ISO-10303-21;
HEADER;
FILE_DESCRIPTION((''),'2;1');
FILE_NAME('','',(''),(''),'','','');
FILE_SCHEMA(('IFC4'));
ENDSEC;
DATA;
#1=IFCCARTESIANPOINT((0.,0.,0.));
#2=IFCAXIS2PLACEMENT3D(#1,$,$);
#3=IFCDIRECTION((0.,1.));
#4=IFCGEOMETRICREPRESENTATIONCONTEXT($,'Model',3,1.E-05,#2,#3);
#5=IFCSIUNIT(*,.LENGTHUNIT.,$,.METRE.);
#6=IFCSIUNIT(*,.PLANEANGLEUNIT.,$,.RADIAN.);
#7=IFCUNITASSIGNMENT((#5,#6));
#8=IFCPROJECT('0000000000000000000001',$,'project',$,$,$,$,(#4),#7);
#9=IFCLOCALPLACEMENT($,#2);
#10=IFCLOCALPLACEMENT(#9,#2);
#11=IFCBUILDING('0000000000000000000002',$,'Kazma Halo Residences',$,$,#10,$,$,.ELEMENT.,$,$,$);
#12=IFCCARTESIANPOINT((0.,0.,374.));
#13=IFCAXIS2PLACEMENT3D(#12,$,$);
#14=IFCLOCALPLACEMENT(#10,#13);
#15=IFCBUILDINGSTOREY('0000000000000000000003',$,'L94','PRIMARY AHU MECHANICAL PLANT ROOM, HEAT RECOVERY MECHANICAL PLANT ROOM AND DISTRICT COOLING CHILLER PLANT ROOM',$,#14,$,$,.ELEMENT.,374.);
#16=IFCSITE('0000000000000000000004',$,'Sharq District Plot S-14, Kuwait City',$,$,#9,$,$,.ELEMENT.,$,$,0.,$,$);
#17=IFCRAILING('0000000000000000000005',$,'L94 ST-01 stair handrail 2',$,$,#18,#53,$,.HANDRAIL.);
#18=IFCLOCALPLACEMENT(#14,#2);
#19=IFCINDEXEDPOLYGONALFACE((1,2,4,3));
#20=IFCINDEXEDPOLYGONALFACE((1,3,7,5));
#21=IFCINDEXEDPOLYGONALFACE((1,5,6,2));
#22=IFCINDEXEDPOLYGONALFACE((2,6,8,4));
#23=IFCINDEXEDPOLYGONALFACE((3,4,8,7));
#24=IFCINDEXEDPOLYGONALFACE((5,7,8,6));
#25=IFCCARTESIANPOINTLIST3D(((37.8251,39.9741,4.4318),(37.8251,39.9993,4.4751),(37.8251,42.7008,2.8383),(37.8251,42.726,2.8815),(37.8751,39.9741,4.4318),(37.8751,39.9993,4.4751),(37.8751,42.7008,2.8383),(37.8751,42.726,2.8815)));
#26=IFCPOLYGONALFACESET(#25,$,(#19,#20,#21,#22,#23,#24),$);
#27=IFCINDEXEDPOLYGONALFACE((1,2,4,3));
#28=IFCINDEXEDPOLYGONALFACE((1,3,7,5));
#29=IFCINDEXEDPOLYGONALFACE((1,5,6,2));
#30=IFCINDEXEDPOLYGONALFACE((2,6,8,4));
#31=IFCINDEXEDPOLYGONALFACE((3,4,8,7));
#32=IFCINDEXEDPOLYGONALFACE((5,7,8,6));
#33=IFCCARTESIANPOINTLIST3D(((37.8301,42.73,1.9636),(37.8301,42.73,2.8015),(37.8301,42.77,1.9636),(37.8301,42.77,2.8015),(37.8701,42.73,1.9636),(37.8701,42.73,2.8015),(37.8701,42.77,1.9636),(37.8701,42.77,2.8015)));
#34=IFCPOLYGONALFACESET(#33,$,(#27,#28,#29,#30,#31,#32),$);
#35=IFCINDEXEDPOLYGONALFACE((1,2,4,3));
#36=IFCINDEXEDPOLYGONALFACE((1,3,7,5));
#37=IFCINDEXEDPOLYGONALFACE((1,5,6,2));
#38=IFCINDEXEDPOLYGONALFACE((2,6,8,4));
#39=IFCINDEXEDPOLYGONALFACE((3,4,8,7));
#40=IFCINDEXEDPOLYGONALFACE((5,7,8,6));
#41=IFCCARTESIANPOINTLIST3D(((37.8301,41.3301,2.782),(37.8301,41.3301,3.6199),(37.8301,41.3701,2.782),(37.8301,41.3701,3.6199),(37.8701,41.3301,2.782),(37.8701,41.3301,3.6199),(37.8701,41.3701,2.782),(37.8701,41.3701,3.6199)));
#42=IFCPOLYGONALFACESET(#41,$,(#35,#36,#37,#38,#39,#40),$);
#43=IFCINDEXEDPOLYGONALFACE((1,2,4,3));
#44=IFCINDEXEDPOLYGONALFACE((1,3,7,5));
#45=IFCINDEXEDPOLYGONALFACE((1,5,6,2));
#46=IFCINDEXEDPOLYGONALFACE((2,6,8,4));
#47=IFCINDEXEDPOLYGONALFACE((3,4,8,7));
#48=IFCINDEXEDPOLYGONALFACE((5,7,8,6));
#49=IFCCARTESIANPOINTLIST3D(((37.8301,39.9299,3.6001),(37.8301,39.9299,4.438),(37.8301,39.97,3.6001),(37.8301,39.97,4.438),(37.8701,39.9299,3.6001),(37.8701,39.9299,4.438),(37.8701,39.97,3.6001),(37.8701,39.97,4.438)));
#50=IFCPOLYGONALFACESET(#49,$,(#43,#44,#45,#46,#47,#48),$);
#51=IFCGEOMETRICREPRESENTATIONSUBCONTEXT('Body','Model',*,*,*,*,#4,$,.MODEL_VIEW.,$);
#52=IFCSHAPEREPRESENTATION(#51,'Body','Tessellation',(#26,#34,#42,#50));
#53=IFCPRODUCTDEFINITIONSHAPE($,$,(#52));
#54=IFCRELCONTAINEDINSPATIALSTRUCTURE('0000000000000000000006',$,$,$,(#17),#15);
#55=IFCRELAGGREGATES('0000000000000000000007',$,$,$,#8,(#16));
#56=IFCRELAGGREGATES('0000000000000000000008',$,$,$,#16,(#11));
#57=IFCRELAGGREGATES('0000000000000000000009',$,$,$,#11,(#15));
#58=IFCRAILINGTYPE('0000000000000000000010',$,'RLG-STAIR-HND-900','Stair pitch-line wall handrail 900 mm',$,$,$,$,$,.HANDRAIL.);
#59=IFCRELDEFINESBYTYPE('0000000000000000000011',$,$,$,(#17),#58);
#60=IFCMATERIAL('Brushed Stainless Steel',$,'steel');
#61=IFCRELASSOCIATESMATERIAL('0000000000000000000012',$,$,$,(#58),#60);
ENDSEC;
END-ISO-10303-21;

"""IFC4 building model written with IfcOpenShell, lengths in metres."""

from ifc_helpers import new_model, si_unit, direction, frame, origin, origin_2d, place, context, subcontext, project, spatial, rectangle, extrude, material, type_object, element, save


model = new_model("IFC4")

# Units and contexts
model_context = context("Model", 3, precision=1e-05, world=origin(), true_north=direction((0.0, 1.0)))
body_context = subcontext(model_context, "Body", "Model", "MODEL_VIEW")
ifc_project = project(units=[si_unit("LENGTHUNIT", "METRE"), si_unit("PLANEANGLEUNIT", "RADIAN")], contexts=[model_context])

# Site, building, storey
site_placement = place(None, origin())
site = spatial("IfcSite", under=ifc_project, at=site_placement, Name="Sharq District Plot S-14, Kuwait City", CompositionType="ELEMENT", RefElevation=0.0)
building_placement = place(site_placement, origin())
building = spatial("IfcBuilding", under=site, at=building_placement, Name="Kazma Halo Residences", CompositionType="ELEMENT")
storey_placement = place(building_placement, frame((0.0, 0.0, 374.0)))
storey = spatial("IfcBuildingStorey", under=building, at=storey_placement, Name="L94", Description="PRIMARY AHU MECHANICAL PLANT ROOM, HEAT RECOVERY MECHANICAL PLANT ROOM AND DISTRICT COOLING CHILLER PLANT ROOM", CompositionType="ELEMENT", Elevation=374.0)

# Railing
ifc_material_1 = material(Name="Brushed Stainless Steel", Category="steel")
railing_type_1 = type_object("IfcRailingType", Name="RLG-STAIR-HND-900", Description="Stair pitch-line wall handrail 900 mm", PredefinedType="HANDRAIL", material=ifc_material_1)
railing_1_placement = place(storey_placement, frame((37.8501, 42.75, 1.9636)))
element("IfcRailing", 1, at=railing_1_placement, inside=storey, type_object=railing_type_1, Name="L94 ST-01 stair handrail 2", PredefinedType="HANDRAIL", context=body_context, shape_type="SweptSolid", body=[
    extrude(rectangle(XDim=0.05, YDim=0.05, at=origin_2d()), frame((0.0, -0.0366, 0.8962), z_axis=(0.0, -0.863361, 0.504587), x_axis=(1.0, 0.0, 0.0)), (0.0, 0.0, 1.0), 3.1582),
    extrude(rectangle(XDim=0.04, YDim=0.04, at=origin_2d()), origin(), (0.0, 0.0, 1.0), 0.8379),
    extrude(rectangle(XDim=0.04, YDim=0.04, at=origin_2d()), frame((0.0, -1.3999, 0.8184)), (0.0, 0.0, 1.0), 0.8379),
    extrude(rectangle(XDim=0.04, YDim=0.04, at=origin_2d()), frame((0.0, -2.8, 1.6365)), (0.0, 0.0, 1.0), 0.8379),
])

save(model, "model.ifc")
